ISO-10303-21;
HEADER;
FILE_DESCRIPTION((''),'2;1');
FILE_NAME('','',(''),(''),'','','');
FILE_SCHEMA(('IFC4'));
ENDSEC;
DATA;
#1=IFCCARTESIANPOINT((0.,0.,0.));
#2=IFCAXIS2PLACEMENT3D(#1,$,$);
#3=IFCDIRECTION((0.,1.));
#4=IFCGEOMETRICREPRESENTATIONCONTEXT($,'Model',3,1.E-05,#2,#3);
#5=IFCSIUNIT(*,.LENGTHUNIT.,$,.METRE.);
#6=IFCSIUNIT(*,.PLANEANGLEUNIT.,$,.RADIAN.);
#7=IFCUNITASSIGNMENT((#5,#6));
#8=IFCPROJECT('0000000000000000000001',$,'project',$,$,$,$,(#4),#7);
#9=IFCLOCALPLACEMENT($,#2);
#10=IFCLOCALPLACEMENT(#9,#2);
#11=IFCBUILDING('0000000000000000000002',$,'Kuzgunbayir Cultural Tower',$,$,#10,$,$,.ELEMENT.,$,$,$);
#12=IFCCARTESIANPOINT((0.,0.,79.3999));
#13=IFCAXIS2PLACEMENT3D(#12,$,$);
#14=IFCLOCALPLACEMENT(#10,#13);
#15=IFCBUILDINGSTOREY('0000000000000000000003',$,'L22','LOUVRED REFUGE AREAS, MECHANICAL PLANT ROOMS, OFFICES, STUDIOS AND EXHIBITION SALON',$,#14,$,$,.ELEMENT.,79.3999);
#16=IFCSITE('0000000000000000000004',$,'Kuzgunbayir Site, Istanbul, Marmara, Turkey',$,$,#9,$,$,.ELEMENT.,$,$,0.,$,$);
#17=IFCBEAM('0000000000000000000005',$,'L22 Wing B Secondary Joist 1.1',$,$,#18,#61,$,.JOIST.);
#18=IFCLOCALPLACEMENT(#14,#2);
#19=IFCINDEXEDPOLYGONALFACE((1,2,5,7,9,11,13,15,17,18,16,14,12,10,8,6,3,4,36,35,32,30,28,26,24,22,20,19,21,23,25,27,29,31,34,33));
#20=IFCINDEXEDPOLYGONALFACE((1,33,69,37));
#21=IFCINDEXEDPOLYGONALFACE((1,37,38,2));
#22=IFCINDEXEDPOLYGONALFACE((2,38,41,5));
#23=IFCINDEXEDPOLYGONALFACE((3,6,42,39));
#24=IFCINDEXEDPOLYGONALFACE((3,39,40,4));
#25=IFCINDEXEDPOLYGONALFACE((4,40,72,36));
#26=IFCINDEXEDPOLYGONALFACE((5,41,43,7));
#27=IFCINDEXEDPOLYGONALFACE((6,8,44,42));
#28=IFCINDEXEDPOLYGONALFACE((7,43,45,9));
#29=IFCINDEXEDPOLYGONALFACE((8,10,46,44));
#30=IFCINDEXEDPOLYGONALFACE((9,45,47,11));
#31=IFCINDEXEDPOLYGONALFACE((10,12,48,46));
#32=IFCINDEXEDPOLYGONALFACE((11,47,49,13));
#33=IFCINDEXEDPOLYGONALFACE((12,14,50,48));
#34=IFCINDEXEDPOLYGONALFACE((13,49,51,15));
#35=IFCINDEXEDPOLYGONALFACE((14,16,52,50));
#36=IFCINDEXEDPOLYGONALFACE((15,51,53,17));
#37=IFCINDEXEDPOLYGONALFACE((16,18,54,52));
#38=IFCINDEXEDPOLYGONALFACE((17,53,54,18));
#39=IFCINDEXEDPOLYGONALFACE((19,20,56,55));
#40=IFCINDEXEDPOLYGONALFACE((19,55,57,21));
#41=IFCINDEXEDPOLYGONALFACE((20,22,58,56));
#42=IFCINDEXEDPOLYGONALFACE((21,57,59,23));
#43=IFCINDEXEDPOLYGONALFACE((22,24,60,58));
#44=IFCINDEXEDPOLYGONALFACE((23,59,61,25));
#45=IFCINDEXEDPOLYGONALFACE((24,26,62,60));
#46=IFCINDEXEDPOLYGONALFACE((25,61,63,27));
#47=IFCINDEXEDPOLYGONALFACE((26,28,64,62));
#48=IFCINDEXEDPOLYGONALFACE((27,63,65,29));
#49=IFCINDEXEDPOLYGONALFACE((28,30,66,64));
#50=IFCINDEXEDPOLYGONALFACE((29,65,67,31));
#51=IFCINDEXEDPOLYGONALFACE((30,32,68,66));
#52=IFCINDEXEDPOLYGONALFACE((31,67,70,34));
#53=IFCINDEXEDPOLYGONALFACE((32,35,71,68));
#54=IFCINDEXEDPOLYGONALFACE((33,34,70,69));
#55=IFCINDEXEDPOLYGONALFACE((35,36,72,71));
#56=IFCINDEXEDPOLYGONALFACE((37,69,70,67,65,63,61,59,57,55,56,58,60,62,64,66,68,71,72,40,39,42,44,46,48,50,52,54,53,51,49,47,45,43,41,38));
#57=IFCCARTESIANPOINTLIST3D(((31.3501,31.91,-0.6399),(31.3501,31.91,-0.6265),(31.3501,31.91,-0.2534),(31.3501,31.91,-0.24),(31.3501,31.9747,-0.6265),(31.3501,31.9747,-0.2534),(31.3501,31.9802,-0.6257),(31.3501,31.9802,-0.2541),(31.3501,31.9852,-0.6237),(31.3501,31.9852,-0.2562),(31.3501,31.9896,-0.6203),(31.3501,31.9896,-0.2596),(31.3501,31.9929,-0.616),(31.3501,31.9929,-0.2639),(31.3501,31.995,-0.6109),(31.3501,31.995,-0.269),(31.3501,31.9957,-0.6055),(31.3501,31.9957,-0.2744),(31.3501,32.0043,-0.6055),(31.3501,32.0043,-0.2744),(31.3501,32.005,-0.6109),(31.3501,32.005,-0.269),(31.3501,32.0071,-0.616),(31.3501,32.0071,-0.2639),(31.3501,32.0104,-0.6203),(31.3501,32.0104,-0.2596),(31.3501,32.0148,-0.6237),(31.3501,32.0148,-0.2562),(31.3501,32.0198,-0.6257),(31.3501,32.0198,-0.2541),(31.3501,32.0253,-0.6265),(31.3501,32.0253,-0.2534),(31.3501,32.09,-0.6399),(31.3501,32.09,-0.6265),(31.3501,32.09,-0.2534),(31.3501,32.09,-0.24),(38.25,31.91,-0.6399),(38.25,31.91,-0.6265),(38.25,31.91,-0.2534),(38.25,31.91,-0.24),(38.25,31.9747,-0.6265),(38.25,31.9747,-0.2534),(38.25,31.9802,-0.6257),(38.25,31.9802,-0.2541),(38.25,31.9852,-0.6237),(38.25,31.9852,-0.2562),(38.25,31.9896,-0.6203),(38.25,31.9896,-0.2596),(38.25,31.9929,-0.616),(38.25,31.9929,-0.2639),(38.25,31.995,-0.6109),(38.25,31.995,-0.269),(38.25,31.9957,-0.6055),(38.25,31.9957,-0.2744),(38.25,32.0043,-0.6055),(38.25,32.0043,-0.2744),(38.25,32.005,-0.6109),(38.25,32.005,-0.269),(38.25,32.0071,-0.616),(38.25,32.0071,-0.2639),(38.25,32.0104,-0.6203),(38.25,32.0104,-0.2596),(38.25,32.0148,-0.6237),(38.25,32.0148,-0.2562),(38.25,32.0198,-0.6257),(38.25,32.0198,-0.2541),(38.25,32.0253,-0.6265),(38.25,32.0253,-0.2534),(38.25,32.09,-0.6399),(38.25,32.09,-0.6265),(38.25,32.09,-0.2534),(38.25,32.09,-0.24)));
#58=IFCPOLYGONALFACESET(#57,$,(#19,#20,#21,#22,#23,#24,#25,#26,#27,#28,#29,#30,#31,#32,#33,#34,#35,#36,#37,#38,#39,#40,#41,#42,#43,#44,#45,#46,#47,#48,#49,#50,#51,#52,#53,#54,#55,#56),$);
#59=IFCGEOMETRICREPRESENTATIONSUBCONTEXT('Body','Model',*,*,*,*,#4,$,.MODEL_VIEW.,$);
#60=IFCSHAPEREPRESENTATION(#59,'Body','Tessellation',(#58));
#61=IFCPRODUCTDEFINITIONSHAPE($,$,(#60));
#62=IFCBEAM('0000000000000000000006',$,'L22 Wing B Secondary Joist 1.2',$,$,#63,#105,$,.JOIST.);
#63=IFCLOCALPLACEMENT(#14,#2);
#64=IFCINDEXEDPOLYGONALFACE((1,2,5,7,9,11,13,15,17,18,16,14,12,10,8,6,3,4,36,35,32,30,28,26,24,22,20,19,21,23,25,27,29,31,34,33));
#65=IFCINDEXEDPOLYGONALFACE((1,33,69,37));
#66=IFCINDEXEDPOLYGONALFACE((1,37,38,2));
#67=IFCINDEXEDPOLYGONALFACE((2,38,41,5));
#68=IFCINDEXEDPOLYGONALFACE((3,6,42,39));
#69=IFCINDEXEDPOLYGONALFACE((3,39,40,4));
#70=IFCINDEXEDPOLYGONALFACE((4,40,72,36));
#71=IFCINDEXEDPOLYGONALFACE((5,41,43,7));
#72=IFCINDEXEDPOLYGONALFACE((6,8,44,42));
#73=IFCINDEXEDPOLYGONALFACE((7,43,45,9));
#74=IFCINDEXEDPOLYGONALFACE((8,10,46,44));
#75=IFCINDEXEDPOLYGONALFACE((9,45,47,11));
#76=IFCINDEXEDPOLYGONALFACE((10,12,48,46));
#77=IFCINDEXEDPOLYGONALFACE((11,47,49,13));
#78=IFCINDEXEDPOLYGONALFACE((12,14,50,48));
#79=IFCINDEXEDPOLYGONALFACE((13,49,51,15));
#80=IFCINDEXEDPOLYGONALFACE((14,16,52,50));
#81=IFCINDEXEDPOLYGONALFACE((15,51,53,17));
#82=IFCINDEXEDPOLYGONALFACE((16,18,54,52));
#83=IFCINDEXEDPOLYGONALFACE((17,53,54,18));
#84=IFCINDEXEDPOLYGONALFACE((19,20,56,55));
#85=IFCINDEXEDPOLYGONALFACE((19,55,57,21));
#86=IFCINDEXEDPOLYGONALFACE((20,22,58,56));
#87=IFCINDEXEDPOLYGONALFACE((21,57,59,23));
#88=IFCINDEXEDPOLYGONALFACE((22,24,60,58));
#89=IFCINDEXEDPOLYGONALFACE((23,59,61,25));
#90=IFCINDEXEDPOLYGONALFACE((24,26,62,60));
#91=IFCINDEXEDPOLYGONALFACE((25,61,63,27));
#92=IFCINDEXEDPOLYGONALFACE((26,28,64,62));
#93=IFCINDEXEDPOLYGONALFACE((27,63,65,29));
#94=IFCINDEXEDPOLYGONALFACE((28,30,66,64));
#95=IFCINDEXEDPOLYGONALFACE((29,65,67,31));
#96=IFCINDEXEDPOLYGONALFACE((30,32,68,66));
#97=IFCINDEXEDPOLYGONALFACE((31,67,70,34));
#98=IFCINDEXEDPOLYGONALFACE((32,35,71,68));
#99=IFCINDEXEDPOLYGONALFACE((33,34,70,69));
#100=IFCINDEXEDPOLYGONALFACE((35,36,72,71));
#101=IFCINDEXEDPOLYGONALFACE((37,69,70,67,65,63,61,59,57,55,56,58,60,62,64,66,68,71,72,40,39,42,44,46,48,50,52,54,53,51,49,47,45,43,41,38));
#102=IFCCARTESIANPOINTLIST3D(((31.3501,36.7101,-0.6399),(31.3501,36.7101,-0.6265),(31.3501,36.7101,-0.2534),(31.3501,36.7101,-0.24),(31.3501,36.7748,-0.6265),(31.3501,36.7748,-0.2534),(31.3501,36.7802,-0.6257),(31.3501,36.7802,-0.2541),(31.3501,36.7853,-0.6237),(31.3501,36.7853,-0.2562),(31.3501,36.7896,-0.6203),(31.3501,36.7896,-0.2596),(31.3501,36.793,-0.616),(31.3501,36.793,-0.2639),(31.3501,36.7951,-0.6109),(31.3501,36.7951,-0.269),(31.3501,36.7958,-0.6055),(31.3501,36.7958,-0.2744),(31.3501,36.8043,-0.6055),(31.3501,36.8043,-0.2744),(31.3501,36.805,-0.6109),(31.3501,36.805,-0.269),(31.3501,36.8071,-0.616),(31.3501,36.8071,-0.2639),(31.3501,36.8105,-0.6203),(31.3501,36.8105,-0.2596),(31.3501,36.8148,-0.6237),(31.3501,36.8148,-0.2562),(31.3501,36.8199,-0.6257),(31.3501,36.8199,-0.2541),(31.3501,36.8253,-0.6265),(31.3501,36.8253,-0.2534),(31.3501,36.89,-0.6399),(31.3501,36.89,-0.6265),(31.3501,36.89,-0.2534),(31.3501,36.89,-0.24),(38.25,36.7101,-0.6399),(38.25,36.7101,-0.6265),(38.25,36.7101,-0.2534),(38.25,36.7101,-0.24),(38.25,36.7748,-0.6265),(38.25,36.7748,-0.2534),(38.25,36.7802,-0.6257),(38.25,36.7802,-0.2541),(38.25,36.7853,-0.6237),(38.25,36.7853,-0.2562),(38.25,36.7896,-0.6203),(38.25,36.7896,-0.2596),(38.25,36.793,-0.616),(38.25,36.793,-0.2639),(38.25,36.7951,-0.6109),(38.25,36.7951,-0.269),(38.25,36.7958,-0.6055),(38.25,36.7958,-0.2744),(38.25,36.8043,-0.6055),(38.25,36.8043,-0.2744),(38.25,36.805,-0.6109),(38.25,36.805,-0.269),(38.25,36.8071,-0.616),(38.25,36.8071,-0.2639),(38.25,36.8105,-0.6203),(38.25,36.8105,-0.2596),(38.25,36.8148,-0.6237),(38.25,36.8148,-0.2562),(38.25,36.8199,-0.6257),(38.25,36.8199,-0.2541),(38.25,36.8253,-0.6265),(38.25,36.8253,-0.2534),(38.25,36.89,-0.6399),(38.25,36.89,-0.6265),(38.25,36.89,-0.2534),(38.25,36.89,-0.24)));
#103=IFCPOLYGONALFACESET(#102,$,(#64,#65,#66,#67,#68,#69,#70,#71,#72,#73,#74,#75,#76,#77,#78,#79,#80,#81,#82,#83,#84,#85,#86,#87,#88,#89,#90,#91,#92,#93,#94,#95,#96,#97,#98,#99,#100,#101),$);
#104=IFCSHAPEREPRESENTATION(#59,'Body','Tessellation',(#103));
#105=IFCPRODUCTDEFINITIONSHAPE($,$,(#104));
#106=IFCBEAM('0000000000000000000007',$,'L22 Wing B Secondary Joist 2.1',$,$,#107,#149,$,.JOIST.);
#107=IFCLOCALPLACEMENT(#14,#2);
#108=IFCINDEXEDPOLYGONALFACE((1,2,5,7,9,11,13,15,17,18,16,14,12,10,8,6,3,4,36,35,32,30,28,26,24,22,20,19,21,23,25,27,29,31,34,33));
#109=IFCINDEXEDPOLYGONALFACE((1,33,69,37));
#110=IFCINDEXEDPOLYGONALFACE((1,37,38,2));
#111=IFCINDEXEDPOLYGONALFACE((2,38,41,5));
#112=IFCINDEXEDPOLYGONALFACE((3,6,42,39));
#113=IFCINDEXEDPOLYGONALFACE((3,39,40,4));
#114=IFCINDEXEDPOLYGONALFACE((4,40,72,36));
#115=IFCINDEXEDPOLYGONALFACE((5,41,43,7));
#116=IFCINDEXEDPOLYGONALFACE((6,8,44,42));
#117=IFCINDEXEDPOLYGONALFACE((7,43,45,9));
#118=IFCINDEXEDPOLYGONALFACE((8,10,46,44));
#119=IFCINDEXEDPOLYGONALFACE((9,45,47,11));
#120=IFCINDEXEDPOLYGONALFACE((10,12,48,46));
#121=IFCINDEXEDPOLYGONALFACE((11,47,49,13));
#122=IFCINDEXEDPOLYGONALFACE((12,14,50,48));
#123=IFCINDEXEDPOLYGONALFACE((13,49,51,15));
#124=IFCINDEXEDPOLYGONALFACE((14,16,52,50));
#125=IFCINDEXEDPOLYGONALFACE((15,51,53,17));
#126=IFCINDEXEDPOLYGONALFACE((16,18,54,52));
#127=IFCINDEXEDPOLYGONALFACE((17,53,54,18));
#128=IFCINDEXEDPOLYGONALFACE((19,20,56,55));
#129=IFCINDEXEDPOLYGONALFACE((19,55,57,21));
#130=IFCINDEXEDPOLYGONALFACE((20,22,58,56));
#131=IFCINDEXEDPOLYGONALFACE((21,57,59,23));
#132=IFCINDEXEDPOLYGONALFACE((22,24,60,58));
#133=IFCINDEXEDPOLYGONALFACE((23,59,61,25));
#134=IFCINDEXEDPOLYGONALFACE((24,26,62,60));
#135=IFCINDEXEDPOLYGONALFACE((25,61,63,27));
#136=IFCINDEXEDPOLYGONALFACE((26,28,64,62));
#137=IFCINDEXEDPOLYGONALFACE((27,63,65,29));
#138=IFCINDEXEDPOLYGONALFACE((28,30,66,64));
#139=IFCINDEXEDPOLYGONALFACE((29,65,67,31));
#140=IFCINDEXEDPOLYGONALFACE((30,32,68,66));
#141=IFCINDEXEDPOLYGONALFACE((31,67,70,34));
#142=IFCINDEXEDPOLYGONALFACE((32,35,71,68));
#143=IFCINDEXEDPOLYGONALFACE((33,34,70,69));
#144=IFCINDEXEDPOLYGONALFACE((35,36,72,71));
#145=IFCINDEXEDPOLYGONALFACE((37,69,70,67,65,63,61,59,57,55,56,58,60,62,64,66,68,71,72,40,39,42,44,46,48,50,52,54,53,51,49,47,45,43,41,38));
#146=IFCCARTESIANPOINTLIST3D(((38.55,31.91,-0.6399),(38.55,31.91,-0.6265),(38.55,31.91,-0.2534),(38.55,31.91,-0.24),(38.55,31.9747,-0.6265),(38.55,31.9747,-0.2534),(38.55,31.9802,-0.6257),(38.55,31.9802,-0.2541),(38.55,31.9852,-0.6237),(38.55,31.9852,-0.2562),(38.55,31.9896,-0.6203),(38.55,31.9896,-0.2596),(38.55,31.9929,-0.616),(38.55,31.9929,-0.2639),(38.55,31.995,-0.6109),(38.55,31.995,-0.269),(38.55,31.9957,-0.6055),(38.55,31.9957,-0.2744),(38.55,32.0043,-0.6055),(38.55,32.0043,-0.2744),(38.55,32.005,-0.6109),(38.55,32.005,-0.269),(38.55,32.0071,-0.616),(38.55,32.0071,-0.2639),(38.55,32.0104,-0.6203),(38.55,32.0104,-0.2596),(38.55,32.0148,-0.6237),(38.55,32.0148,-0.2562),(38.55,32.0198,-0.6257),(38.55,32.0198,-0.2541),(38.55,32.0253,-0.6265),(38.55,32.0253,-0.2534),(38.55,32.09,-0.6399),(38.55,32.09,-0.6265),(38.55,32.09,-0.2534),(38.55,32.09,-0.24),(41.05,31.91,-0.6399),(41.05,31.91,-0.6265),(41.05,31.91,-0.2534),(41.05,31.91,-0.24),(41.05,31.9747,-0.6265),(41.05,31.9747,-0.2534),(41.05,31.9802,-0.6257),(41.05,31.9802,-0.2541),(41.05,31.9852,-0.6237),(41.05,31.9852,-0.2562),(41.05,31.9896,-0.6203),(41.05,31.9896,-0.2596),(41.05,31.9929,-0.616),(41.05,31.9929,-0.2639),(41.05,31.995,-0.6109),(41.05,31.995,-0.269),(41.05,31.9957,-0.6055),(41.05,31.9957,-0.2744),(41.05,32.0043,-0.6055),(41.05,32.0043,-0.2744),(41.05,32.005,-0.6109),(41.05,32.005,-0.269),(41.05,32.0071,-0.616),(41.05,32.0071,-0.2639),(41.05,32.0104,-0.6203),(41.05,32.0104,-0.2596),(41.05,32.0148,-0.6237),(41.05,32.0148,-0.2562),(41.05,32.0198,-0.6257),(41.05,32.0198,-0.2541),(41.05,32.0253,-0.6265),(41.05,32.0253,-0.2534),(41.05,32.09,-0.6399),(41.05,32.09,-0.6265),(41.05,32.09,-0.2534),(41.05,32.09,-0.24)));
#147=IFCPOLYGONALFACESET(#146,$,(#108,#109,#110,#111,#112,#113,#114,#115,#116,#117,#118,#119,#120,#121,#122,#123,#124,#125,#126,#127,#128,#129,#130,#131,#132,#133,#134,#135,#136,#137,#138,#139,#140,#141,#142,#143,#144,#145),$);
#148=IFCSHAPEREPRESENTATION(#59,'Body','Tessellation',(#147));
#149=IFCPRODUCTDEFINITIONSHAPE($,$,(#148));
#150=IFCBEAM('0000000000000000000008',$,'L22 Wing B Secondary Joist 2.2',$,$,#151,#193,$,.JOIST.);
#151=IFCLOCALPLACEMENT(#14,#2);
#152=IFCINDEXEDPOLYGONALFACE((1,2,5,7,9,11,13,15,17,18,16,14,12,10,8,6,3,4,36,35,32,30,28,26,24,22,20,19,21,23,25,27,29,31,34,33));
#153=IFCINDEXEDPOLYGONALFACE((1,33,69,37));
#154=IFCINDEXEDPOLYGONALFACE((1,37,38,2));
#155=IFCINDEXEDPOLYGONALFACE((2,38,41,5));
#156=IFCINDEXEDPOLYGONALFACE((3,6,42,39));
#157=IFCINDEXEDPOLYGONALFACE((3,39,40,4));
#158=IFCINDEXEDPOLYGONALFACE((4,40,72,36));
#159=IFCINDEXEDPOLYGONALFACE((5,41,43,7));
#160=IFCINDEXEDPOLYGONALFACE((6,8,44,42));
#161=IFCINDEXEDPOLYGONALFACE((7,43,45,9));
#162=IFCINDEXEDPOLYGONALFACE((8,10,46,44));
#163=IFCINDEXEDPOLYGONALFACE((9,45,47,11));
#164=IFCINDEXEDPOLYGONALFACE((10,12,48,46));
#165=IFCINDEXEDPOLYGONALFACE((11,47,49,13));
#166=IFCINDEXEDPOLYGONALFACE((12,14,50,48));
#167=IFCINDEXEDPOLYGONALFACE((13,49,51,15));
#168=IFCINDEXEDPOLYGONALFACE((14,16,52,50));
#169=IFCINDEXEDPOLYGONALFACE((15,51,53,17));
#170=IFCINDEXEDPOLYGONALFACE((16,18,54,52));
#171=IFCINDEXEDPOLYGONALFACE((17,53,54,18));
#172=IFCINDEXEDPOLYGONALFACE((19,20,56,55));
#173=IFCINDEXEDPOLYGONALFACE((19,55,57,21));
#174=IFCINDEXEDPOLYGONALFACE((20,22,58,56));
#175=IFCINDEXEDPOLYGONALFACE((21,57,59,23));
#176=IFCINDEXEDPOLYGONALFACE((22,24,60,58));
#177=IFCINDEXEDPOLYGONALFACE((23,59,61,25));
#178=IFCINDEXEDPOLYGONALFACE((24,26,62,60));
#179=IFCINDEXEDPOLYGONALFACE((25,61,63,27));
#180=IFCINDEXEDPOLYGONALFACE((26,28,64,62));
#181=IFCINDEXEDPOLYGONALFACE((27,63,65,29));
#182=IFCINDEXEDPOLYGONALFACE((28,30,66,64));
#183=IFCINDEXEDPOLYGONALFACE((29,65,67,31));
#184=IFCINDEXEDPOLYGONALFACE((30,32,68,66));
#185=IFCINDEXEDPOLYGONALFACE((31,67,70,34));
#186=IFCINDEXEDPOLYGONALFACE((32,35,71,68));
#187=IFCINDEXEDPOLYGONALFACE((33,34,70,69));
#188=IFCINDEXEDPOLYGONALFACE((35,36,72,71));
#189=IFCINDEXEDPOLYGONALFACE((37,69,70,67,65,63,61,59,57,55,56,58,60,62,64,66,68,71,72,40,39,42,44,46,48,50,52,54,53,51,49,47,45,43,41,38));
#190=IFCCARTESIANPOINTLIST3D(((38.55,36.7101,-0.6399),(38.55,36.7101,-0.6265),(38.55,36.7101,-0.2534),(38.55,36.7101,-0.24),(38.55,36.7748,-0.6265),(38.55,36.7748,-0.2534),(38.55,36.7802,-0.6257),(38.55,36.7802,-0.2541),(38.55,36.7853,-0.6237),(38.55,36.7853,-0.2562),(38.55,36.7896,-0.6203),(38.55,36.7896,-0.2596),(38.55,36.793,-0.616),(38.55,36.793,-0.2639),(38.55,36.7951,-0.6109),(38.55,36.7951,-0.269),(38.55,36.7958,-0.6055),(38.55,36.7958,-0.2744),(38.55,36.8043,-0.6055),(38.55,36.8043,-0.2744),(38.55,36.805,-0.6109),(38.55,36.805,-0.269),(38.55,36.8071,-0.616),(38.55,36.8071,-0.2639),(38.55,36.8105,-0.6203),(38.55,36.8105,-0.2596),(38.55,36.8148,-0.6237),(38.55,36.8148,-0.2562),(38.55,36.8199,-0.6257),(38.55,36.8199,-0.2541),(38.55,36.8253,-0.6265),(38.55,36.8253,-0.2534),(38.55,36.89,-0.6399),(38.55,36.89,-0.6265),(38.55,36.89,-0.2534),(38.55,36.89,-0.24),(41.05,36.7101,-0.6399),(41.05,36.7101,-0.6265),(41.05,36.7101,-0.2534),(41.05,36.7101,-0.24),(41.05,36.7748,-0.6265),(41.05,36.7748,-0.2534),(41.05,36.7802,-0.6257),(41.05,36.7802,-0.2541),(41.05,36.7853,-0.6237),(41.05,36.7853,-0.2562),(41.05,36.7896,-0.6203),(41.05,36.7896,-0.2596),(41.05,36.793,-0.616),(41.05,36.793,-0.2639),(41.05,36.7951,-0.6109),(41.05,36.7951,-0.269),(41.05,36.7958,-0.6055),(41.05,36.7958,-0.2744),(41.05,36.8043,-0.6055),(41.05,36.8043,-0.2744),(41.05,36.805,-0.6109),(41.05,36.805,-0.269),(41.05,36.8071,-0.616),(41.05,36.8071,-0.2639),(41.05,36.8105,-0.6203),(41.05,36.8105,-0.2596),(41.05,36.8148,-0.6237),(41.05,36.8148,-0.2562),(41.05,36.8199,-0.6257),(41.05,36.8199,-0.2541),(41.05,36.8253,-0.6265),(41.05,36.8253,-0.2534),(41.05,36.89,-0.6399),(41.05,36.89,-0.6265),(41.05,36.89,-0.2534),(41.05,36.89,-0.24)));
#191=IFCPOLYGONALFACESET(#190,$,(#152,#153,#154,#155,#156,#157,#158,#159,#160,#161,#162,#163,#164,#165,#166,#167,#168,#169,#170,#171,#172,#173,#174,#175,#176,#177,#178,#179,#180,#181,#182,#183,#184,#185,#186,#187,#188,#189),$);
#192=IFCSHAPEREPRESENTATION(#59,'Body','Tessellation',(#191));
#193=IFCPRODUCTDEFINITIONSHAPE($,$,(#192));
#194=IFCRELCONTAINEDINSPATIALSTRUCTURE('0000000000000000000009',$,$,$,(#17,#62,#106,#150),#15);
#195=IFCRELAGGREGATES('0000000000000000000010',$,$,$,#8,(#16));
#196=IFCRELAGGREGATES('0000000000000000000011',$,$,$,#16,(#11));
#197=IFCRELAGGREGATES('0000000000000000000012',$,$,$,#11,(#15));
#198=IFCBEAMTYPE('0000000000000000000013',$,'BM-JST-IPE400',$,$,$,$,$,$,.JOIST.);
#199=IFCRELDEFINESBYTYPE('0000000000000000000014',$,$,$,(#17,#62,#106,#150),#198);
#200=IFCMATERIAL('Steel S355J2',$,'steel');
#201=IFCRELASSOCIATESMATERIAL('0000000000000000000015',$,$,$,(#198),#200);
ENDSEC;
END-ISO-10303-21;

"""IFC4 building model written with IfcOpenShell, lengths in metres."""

from ifc_helpers import new_model, si_unit, direction, frame, origin, origin_2d, place, context, subcontext, project, spatial, i_section, extrude, material, material_profile, profile_set, type_object, element, save


model = new_model("IFC4")

# Units and contexts
model_context = context("Model", 3, precision=1e-05, world=origin(), true_north=direction((0.0, 1.0)))
body_context = subcontext(model_context, "Body", "Model", "MODEL_VIEW")
ifc_project = project(units=[si_unit("LENGTHUNIT", "METRE"), si_unit("PLANEANGLEUNIT", "RADIAN")], contexts=[model_context])

# Site, building, storey
site_placement = place(None, origin())
site = spatial("IfcSite", under=ifc_project, at=site_placement, Name="Kuzgunbayir Site, Istanbul, Marmara, Turkey", CompositionType="ELEMENT", RefElevation=0.0)
building_placement = place(site_placement, origin())
building = spatial("IfcBuilding", under=site, at=building_placement, Name="Kuzgunbayir Cultural Tower", CompositionType="ELEMENT")
storey_placement = place(building_placement, frame((0.0, 0.0, 79.3999)))
storey = spatial("IfcBuildingStorey", under=building, at=storey_placement, Name="L22", Description="LOUVRED REFUGE AREAS, MECHANICAL PLANT ROOMS, OFFICES, STUDIOS AND EXHIBITION SALON", CompositionType="ELEMENT", Elevation=79.3999)

# Beams
ifc_material_1 = material(Name="Steel S355J2", Category="steel")
ifc_material_profile_1 = material_profile(ifc_material_1, i_section(OverallWidth=0.1799, OverallDepth=0.3999, WebThickness=0.0085, FlangeThickness=0.0134, FilletRadius=0.021, at=origin_2d()), Name="IPE 400")
ifc_profile_set_1 = profile_set([ifc_material_profile_1], Name="Steel S355J2")
beam_type_1 = type_object("IfcBeamType", Name="BM-JST-IPE400", PredefinedType="JOIST", material=ifc_profile_set_1)
for number, where, z_axis, x_axis, name in (
    (1, (31.3501, 32.0, -0.4399), (1.0, 0.0, 0.0), (0.0, 1.0, 0.0), "L22 Wing B Secondary Joist 1.1"),
    (2, (31.3501, 36.8, -0.4399), (1.0, 0.0, 0.0), (0.0, 1.0, 0.0), "L22 Wing B Secondary Joist 1.2"),
):
    element("IfcBeam", number, at=place(storey_placement, frame(where, z_axis=z_axis, x_axis=x_axis)), inside=storey, type_object=beam_type_1, Name=name, PredefinedType="JOIST", context=body_context, shape_type="SweptSolid", body=[
        extrude(i_section(OverallWidth=0.1799, OverallDepth=0.3999, WebThickness=0.0085, FlangeThickness=0.0134, FilletRadius=0.021, at=origin_2d()), origin(), (0.0, 0.0, 1.0), 6.8999),
    ])
for number, where, z_axis, x_axis, name in (
    (3, (38.55, 32.0, -0.4399), (1.0, 0.0, 0.0), (0.0, 1.0, 0.0), "L22 Wing B Secondary Joist 2.1"),
    (4, (38.55, 36.8, -0.4399), (1.0, 0.0, 0.0), (0.0, 1.0, 0.0), "L22 Wing B Secondary Joist 2.2"),
):
    element("IfcBeam", number, at=place(storey_placement, frame(where, z_axis=z_axis, x_axis=x_axis)), inside=storey, type_object=beam_type_1, Name=name, PredefinedType="JOIST", context=body_context, shape_type="SweptSolid", body=[
        extrude(i_section(OverallWidth=0.1799, OverallDepth=0.3999, WebThickness=0.0085, FlangeThickness=0.0134, FilletRadius=0.021, at=origin_2d()), origin(), (0.0, 0.0, 1.0), 2.5),
    ])

save(model, "model.ifc")
